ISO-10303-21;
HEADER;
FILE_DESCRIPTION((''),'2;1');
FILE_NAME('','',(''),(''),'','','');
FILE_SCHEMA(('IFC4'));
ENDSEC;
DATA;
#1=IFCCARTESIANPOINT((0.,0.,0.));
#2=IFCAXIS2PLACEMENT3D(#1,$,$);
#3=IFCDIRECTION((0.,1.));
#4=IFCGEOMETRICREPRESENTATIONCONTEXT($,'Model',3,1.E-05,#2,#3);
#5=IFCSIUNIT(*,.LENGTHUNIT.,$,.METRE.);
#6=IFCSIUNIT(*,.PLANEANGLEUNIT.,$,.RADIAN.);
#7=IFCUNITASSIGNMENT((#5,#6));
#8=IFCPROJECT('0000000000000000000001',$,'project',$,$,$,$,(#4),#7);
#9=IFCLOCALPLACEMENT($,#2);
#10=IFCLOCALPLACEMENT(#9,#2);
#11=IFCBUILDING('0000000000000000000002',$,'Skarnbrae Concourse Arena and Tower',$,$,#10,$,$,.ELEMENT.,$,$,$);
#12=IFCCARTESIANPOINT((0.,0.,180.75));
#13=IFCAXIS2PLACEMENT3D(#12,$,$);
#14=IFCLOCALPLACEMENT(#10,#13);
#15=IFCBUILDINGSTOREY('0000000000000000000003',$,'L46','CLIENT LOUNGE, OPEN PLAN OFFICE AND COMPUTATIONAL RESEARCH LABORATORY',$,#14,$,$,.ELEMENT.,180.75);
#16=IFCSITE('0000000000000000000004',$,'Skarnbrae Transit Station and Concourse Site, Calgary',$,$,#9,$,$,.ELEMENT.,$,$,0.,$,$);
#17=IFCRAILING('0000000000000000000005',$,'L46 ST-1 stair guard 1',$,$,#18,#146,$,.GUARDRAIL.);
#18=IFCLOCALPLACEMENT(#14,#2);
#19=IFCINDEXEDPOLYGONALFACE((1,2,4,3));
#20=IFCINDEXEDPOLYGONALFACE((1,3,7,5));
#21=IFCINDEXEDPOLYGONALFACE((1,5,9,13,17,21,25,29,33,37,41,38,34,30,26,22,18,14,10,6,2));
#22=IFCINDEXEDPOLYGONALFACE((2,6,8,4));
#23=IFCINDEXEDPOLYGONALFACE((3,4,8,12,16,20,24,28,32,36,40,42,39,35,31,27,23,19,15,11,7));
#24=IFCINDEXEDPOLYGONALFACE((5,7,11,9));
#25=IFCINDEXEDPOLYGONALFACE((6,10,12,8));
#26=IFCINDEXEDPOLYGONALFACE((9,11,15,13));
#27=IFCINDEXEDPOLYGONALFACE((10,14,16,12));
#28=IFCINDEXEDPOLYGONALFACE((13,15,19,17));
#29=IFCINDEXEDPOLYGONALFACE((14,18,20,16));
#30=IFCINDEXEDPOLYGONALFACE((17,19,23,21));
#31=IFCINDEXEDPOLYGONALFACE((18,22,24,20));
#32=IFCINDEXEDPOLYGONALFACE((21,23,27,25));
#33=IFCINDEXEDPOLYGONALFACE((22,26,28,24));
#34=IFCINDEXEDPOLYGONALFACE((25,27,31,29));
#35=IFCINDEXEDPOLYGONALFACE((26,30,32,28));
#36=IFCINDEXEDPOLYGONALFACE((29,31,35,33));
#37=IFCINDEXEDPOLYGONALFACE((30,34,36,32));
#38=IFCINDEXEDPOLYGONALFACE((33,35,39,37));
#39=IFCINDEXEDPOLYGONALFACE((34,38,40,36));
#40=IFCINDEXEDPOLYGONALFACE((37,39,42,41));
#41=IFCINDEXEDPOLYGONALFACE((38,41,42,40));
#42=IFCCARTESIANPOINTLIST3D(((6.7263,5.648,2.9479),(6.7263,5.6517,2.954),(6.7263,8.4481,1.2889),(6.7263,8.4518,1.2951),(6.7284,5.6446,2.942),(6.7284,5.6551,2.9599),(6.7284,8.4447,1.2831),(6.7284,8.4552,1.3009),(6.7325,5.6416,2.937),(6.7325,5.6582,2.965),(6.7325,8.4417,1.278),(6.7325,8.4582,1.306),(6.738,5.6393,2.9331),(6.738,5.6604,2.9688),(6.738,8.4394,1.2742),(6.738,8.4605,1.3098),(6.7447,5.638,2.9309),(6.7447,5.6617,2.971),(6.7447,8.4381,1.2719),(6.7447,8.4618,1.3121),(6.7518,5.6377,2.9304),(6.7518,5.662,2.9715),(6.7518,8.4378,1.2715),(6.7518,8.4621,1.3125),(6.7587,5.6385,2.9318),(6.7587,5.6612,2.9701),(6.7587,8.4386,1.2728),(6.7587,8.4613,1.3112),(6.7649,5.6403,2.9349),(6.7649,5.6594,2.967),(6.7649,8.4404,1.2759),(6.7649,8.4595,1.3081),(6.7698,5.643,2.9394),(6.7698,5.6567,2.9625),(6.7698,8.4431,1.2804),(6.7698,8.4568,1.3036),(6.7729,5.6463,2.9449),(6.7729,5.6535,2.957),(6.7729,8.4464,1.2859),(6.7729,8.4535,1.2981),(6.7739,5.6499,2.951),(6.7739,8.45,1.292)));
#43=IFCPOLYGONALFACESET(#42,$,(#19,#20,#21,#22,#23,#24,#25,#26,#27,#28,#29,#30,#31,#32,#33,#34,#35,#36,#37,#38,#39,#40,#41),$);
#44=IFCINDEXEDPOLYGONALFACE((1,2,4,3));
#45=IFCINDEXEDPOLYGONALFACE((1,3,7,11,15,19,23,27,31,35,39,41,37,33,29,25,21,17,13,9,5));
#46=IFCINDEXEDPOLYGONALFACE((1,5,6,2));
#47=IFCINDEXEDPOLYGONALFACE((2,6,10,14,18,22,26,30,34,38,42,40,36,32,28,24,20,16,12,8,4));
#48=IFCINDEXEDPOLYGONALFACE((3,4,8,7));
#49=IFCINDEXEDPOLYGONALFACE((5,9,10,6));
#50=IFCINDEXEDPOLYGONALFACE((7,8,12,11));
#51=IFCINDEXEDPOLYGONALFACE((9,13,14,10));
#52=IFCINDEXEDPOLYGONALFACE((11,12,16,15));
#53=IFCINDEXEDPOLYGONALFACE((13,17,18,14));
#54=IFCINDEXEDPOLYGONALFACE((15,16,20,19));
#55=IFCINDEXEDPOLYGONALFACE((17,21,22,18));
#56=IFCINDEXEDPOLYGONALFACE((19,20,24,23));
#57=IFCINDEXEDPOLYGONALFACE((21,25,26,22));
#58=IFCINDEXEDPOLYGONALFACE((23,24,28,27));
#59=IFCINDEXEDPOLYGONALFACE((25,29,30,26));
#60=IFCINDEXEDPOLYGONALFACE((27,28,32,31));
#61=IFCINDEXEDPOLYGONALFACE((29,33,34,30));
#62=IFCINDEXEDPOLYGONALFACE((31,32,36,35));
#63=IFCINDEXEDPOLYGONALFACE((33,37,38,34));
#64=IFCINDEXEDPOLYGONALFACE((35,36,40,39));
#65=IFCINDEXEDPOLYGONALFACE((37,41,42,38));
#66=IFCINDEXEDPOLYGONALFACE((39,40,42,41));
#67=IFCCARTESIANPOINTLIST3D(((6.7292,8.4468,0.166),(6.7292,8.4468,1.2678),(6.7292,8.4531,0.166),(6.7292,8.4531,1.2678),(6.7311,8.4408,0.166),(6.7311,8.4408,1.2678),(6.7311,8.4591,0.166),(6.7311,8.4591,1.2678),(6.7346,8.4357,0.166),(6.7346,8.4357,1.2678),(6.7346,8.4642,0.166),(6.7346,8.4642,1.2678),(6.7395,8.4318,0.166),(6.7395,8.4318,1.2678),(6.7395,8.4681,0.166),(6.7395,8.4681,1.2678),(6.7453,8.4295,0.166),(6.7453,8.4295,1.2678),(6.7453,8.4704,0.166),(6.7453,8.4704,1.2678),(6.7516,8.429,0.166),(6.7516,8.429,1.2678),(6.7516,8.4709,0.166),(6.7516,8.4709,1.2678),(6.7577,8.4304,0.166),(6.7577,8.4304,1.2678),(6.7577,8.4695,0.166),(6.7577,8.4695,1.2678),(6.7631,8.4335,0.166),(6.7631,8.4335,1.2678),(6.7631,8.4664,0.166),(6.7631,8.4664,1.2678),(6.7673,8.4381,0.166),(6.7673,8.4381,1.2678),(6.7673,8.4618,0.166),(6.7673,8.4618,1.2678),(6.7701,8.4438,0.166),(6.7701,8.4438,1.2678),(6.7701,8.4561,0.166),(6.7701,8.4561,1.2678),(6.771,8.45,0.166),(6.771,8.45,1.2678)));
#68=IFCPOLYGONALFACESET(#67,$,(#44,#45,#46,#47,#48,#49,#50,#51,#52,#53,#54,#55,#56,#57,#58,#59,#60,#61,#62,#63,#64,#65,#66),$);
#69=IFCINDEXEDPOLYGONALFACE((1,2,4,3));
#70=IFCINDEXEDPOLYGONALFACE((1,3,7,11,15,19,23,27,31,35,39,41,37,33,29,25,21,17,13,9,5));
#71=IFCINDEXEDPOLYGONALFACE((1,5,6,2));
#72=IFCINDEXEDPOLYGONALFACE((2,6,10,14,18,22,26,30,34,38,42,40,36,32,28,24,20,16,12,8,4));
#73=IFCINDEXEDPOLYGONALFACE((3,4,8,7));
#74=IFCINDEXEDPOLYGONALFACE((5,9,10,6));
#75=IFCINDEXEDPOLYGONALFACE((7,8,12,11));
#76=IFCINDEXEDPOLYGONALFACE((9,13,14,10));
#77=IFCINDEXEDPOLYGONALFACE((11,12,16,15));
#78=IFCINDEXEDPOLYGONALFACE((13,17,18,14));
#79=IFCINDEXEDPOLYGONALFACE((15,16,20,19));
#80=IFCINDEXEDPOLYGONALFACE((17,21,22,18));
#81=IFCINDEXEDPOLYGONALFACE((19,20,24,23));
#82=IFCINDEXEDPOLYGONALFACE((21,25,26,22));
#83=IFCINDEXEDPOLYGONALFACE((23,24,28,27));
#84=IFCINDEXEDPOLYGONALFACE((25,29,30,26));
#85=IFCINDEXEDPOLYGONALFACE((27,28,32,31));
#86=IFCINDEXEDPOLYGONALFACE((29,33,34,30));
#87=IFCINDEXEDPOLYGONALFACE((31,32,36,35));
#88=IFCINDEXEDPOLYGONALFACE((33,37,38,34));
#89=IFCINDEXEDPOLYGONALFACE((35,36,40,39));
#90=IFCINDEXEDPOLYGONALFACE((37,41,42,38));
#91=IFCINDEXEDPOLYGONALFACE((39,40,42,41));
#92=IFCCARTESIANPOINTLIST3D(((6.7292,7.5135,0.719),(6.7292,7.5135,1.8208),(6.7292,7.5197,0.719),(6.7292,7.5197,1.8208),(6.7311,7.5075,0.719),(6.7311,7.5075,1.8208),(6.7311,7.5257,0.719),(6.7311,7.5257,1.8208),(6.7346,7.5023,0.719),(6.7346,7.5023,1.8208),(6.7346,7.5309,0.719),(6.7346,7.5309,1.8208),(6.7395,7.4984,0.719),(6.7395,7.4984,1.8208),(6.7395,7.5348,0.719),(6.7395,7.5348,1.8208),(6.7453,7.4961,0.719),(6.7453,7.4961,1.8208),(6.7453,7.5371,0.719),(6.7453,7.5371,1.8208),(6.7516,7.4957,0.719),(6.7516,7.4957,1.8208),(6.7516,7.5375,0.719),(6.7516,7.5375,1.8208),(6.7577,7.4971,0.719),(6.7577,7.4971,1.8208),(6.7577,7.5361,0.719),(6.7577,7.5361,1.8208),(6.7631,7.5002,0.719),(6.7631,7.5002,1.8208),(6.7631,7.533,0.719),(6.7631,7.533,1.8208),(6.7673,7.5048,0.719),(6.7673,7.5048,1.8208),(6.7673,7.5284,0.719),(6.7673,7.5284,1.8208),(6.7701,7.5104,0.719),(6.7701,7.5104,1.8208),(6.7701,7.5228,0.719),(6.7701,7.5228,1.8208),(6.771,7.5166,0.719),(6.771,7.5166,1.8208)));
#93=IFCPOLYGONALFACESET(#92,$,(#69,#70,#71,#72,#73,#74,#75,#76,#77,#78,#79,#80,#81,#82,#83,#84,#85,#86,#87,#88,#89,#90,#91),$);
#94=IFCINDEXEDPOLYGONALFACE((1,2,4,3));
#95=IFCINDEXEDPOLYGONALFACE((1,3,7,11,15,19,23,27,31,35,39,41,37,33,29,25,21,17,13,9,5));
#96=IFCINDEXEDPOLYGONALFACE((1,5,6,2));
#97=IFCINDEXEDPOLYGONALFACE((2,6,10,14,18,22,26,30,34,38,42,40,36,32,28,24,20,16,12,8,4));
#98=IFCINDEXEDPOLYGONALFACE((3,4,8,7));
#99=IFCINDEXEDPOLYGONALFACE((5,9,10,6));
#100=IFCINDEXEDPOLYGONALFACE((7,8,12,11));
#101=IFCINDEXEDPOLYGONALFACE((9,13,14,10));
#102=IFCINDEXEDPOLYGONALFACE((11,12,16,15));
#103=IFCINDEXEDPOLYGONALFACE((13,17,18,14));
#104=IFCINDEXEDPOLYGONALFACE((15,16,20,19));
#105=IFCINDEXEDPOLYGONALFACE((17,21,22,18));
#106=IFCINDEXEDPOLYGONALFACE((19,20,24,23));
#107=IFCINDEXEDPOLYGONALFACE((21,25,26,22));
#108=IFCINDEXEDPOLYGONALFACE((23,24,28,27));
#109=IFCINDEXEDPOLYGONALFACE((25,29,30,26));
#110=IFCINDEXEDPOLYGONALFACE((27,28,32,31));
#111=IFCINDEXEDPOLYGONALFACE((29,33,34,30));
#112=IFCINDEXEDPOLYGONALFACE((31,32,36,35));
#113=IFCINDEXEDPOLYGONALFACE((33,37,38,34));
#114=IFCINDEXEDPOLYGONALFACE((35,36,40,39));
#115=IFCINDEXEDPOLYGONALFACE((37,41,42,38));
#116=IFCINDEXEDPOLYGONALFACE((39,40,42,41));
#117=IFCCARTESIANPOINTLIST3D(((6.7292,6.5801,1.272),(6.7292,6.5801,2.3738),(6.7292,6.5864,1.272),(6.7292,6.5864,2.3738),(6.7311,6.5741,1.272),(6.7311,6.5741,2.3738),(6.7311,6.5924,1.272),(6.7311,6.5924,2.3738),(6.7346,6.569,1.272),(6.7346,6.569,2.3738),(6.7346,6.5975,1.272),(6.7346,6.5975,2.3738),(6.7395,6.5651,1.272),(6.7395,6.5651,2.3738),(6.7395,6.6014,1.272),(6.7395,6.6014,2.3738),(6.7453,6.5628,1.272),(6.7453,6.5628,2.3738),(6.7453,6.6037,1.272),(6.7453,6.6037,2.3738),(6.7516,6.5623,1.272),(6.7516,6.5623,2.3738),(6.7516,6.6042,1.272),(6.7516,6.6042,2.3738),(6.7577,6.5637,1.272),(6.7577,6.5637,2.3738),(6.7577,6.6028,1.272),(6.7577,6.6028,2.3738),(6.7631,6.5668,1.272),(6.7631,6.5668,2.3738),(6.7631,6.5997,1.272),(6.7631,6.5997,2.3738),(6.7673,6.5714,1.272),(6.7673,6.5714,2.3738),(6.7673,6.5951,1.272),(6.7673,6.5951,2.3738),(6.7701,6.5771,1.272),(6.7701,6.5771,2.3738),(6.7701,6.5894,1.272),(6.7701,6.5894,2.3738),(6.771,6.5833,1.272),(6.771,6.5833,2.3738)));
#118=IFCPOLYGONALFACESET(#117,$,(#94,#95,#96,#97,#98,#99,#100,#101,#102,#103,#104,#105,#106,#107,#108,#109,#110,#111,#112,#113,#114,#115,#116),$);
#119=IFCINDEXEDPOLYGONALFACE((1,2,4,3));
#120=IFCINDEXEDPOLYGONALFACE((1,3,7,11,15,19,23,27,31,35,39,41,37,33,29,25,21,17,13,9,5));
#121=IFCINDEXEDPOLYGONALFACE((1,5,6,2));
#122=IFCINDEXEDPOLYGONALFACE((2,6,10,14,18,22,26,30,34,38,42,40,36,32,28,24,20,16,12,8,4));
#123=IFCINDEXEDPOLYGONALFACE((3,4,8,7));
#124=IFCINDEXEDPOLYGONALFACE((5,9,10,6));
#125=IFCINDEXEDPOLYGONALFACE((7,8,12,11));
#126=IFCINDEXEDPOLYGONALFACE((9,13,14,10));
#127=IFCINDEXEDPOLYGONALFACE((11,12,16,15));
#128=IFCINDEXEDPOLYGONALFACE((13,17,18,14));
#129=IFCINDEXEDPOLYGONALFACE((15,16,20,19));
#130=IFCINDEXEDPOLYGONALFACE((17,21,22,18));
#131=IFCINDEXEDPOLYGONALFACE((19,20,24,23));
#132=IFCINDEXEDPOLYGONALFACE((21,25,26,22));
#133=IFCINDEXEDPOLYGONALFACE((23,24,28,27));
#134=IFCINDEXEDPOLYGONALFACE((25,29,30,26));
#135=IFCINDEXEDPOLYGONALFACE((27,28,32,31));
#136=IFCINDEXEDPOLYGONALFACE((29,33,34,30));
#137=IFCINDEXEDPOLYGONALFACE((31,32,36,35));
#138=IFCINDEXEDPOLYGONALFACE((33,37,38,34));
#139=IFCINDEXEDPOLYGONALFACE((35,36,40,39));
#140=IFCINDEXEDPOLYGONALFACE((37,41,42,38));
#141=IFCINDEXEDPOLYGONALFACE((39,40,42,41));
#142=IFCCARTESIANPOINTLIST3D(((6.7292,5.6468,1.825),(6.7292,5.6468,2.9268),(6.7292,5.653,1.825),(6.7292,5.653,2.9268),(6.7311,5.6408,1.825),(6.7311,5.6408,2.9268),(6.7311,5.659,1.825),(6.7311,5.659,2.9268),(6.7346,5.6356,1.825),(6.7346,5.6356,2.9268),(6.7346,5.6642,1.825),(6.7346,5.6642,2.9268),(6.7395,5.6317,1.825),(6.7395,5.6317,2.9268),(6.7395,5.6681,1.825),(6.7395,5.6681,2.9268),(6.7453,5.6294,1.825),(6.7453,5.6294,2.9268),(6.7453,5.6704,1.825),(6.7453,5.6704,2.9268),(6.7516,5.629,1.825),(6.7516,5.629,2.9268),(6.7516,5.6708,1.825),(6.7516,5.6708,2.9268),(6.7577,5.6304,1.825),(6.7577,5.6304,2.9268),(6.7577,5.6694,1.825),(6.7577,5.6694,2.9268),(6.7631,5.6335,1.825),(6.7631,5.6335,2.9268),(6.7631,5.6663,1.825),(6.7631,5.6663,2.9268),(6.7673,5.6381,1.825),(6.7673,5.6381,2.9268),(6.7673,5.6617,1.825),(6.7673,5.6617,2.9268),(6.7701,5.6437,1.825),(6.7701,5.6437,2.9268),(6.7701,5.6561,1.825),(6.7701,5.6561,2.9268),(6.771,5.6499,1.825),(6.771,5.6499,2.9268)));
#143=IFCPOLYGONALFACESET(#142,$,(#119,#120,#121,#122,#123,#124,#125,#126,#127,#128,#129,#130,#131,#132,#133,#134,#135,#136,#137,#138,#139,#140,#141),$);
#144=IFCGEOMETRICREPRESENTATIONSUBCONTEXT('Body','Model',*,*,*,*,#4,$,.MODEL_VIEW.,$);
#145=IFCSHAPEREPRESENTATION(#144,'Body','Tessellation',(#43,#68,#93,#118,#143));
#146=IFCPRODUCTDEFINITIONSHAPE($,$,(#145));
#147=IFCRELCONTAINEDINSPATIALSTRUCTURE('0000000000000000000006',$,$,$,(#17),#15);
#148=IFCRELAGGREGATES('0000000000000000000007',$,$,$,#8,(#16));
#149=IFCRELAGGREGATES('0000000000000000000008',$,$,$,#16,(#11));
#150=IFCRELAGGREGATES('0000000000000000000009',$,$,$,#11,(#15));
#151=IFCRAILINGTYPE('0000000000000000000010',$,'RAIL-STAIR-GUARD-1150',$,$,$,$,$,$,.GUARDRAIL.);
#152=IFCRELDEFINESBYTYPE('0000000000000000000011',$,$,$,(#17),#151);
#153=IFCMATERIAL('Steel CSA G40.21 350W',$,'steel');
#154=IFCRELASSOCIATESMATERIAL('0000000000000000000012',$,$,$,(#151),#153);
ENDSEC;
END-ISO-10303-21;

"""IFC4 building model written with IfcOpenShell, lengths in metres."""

from ifc_helpers import new_model, si_unit, direction, frame, origin, origin_2d, place, context, subcontext, project, spatial, circle, extrude, material, type_object, element, save


model = new_model("IFC4")

# Units and contexts
model_context = context("Model", 3, precision=1e-05, world=origin(), true_north=direction((0.0, 1.0)))
body_context = subcontext(model_context, "Body", "Model", "MODEL_VIEW")
ifc_project = project(units=[si_unit("LENGTHUNIT", "METRE"), si_unit("PLANEANGLEUNIT", "RADIAN")], contexts=[model_context])

# Site, building, storey
site_placement = place(None, origin())
site = spatial("IfcSite", under=ifc_project, at=site_placement, Name="Skarnbrae Transit Station and Concourse Site, Calgary", CompositionType="ELEMENT", RefElevation=0.0)
building_placement = place(site_placement, origin())
building = spatial("IfcBuilding", under=site, at=building_placement, Name="Skarnbrae Concourse Arena and Tower", CompositionType="ELEMENT")
storey_placement = place(building_placement, frame((0.0, 0.0, 180.75)))
storey = spatial("IfcBuildingStorey", under=building, at=storey_placement, Name="L46", Description="CLIENT LOUNGE, OPEN PLAN OFFICE AND COMPUTATIONAL RESEARCH LABORATORY", CompositionType="ELEMENT", Elevation=180.75)

# Shared definitions
ifc_material_1 = material(Name="Steel CSA G40.21 350W", Category="steel")

# Railing
railing_type_1 = type_object("IfcRailingType", Name="RAIL-STAIR-GUARD-1150", PredefinedType="GUARDRAIL", material=ifc_material_1)
railing_1_placement = place(storey_placement, frame((6.75, 8.45, 0.166)))
element("IfcRailing", 1, at=railing_1_placement, inside=storey, type_object=railing_type_1, Name="L46 ST-1 stair guard 1", PredefinedType="GUARDRAIL", context=body_context, shape_type="SweptSolid", body=[
    extrude(circle(Radius=0.0239, at=origin_2d()), frame((0.0, 0.0, 1.126), z_axis=(0.0, -0.860339, 0.509722), x_axis=(1.0, 0.0, 0.0)), (0.0, 0.0, 1.0), 3.2546),
    extrude(circle(Radius=0.021, at=origin_2d()), origin(), (0.0, 0.0, 1.0), 1.1018),
    extrude(circle(Radius=0.021, at=origin_2d()), frame((0.0, -0.9333, 0.553)), (0.0, 0.0, 1.0), 1.1018),
    extrude(circle(Radius=0.021, at=origin_2d()), frame((0.0, -1.8667, 1.106)), (0.0, 0.0, 1.0), 1.1018),
    extrude(circle(Radius=0.021, at=origin_2d()), frame((0.0, -2.8, 1.6589)), (0.0, 0.0, 1.0), 1.1018),
])

save(model, "model.ifc")
